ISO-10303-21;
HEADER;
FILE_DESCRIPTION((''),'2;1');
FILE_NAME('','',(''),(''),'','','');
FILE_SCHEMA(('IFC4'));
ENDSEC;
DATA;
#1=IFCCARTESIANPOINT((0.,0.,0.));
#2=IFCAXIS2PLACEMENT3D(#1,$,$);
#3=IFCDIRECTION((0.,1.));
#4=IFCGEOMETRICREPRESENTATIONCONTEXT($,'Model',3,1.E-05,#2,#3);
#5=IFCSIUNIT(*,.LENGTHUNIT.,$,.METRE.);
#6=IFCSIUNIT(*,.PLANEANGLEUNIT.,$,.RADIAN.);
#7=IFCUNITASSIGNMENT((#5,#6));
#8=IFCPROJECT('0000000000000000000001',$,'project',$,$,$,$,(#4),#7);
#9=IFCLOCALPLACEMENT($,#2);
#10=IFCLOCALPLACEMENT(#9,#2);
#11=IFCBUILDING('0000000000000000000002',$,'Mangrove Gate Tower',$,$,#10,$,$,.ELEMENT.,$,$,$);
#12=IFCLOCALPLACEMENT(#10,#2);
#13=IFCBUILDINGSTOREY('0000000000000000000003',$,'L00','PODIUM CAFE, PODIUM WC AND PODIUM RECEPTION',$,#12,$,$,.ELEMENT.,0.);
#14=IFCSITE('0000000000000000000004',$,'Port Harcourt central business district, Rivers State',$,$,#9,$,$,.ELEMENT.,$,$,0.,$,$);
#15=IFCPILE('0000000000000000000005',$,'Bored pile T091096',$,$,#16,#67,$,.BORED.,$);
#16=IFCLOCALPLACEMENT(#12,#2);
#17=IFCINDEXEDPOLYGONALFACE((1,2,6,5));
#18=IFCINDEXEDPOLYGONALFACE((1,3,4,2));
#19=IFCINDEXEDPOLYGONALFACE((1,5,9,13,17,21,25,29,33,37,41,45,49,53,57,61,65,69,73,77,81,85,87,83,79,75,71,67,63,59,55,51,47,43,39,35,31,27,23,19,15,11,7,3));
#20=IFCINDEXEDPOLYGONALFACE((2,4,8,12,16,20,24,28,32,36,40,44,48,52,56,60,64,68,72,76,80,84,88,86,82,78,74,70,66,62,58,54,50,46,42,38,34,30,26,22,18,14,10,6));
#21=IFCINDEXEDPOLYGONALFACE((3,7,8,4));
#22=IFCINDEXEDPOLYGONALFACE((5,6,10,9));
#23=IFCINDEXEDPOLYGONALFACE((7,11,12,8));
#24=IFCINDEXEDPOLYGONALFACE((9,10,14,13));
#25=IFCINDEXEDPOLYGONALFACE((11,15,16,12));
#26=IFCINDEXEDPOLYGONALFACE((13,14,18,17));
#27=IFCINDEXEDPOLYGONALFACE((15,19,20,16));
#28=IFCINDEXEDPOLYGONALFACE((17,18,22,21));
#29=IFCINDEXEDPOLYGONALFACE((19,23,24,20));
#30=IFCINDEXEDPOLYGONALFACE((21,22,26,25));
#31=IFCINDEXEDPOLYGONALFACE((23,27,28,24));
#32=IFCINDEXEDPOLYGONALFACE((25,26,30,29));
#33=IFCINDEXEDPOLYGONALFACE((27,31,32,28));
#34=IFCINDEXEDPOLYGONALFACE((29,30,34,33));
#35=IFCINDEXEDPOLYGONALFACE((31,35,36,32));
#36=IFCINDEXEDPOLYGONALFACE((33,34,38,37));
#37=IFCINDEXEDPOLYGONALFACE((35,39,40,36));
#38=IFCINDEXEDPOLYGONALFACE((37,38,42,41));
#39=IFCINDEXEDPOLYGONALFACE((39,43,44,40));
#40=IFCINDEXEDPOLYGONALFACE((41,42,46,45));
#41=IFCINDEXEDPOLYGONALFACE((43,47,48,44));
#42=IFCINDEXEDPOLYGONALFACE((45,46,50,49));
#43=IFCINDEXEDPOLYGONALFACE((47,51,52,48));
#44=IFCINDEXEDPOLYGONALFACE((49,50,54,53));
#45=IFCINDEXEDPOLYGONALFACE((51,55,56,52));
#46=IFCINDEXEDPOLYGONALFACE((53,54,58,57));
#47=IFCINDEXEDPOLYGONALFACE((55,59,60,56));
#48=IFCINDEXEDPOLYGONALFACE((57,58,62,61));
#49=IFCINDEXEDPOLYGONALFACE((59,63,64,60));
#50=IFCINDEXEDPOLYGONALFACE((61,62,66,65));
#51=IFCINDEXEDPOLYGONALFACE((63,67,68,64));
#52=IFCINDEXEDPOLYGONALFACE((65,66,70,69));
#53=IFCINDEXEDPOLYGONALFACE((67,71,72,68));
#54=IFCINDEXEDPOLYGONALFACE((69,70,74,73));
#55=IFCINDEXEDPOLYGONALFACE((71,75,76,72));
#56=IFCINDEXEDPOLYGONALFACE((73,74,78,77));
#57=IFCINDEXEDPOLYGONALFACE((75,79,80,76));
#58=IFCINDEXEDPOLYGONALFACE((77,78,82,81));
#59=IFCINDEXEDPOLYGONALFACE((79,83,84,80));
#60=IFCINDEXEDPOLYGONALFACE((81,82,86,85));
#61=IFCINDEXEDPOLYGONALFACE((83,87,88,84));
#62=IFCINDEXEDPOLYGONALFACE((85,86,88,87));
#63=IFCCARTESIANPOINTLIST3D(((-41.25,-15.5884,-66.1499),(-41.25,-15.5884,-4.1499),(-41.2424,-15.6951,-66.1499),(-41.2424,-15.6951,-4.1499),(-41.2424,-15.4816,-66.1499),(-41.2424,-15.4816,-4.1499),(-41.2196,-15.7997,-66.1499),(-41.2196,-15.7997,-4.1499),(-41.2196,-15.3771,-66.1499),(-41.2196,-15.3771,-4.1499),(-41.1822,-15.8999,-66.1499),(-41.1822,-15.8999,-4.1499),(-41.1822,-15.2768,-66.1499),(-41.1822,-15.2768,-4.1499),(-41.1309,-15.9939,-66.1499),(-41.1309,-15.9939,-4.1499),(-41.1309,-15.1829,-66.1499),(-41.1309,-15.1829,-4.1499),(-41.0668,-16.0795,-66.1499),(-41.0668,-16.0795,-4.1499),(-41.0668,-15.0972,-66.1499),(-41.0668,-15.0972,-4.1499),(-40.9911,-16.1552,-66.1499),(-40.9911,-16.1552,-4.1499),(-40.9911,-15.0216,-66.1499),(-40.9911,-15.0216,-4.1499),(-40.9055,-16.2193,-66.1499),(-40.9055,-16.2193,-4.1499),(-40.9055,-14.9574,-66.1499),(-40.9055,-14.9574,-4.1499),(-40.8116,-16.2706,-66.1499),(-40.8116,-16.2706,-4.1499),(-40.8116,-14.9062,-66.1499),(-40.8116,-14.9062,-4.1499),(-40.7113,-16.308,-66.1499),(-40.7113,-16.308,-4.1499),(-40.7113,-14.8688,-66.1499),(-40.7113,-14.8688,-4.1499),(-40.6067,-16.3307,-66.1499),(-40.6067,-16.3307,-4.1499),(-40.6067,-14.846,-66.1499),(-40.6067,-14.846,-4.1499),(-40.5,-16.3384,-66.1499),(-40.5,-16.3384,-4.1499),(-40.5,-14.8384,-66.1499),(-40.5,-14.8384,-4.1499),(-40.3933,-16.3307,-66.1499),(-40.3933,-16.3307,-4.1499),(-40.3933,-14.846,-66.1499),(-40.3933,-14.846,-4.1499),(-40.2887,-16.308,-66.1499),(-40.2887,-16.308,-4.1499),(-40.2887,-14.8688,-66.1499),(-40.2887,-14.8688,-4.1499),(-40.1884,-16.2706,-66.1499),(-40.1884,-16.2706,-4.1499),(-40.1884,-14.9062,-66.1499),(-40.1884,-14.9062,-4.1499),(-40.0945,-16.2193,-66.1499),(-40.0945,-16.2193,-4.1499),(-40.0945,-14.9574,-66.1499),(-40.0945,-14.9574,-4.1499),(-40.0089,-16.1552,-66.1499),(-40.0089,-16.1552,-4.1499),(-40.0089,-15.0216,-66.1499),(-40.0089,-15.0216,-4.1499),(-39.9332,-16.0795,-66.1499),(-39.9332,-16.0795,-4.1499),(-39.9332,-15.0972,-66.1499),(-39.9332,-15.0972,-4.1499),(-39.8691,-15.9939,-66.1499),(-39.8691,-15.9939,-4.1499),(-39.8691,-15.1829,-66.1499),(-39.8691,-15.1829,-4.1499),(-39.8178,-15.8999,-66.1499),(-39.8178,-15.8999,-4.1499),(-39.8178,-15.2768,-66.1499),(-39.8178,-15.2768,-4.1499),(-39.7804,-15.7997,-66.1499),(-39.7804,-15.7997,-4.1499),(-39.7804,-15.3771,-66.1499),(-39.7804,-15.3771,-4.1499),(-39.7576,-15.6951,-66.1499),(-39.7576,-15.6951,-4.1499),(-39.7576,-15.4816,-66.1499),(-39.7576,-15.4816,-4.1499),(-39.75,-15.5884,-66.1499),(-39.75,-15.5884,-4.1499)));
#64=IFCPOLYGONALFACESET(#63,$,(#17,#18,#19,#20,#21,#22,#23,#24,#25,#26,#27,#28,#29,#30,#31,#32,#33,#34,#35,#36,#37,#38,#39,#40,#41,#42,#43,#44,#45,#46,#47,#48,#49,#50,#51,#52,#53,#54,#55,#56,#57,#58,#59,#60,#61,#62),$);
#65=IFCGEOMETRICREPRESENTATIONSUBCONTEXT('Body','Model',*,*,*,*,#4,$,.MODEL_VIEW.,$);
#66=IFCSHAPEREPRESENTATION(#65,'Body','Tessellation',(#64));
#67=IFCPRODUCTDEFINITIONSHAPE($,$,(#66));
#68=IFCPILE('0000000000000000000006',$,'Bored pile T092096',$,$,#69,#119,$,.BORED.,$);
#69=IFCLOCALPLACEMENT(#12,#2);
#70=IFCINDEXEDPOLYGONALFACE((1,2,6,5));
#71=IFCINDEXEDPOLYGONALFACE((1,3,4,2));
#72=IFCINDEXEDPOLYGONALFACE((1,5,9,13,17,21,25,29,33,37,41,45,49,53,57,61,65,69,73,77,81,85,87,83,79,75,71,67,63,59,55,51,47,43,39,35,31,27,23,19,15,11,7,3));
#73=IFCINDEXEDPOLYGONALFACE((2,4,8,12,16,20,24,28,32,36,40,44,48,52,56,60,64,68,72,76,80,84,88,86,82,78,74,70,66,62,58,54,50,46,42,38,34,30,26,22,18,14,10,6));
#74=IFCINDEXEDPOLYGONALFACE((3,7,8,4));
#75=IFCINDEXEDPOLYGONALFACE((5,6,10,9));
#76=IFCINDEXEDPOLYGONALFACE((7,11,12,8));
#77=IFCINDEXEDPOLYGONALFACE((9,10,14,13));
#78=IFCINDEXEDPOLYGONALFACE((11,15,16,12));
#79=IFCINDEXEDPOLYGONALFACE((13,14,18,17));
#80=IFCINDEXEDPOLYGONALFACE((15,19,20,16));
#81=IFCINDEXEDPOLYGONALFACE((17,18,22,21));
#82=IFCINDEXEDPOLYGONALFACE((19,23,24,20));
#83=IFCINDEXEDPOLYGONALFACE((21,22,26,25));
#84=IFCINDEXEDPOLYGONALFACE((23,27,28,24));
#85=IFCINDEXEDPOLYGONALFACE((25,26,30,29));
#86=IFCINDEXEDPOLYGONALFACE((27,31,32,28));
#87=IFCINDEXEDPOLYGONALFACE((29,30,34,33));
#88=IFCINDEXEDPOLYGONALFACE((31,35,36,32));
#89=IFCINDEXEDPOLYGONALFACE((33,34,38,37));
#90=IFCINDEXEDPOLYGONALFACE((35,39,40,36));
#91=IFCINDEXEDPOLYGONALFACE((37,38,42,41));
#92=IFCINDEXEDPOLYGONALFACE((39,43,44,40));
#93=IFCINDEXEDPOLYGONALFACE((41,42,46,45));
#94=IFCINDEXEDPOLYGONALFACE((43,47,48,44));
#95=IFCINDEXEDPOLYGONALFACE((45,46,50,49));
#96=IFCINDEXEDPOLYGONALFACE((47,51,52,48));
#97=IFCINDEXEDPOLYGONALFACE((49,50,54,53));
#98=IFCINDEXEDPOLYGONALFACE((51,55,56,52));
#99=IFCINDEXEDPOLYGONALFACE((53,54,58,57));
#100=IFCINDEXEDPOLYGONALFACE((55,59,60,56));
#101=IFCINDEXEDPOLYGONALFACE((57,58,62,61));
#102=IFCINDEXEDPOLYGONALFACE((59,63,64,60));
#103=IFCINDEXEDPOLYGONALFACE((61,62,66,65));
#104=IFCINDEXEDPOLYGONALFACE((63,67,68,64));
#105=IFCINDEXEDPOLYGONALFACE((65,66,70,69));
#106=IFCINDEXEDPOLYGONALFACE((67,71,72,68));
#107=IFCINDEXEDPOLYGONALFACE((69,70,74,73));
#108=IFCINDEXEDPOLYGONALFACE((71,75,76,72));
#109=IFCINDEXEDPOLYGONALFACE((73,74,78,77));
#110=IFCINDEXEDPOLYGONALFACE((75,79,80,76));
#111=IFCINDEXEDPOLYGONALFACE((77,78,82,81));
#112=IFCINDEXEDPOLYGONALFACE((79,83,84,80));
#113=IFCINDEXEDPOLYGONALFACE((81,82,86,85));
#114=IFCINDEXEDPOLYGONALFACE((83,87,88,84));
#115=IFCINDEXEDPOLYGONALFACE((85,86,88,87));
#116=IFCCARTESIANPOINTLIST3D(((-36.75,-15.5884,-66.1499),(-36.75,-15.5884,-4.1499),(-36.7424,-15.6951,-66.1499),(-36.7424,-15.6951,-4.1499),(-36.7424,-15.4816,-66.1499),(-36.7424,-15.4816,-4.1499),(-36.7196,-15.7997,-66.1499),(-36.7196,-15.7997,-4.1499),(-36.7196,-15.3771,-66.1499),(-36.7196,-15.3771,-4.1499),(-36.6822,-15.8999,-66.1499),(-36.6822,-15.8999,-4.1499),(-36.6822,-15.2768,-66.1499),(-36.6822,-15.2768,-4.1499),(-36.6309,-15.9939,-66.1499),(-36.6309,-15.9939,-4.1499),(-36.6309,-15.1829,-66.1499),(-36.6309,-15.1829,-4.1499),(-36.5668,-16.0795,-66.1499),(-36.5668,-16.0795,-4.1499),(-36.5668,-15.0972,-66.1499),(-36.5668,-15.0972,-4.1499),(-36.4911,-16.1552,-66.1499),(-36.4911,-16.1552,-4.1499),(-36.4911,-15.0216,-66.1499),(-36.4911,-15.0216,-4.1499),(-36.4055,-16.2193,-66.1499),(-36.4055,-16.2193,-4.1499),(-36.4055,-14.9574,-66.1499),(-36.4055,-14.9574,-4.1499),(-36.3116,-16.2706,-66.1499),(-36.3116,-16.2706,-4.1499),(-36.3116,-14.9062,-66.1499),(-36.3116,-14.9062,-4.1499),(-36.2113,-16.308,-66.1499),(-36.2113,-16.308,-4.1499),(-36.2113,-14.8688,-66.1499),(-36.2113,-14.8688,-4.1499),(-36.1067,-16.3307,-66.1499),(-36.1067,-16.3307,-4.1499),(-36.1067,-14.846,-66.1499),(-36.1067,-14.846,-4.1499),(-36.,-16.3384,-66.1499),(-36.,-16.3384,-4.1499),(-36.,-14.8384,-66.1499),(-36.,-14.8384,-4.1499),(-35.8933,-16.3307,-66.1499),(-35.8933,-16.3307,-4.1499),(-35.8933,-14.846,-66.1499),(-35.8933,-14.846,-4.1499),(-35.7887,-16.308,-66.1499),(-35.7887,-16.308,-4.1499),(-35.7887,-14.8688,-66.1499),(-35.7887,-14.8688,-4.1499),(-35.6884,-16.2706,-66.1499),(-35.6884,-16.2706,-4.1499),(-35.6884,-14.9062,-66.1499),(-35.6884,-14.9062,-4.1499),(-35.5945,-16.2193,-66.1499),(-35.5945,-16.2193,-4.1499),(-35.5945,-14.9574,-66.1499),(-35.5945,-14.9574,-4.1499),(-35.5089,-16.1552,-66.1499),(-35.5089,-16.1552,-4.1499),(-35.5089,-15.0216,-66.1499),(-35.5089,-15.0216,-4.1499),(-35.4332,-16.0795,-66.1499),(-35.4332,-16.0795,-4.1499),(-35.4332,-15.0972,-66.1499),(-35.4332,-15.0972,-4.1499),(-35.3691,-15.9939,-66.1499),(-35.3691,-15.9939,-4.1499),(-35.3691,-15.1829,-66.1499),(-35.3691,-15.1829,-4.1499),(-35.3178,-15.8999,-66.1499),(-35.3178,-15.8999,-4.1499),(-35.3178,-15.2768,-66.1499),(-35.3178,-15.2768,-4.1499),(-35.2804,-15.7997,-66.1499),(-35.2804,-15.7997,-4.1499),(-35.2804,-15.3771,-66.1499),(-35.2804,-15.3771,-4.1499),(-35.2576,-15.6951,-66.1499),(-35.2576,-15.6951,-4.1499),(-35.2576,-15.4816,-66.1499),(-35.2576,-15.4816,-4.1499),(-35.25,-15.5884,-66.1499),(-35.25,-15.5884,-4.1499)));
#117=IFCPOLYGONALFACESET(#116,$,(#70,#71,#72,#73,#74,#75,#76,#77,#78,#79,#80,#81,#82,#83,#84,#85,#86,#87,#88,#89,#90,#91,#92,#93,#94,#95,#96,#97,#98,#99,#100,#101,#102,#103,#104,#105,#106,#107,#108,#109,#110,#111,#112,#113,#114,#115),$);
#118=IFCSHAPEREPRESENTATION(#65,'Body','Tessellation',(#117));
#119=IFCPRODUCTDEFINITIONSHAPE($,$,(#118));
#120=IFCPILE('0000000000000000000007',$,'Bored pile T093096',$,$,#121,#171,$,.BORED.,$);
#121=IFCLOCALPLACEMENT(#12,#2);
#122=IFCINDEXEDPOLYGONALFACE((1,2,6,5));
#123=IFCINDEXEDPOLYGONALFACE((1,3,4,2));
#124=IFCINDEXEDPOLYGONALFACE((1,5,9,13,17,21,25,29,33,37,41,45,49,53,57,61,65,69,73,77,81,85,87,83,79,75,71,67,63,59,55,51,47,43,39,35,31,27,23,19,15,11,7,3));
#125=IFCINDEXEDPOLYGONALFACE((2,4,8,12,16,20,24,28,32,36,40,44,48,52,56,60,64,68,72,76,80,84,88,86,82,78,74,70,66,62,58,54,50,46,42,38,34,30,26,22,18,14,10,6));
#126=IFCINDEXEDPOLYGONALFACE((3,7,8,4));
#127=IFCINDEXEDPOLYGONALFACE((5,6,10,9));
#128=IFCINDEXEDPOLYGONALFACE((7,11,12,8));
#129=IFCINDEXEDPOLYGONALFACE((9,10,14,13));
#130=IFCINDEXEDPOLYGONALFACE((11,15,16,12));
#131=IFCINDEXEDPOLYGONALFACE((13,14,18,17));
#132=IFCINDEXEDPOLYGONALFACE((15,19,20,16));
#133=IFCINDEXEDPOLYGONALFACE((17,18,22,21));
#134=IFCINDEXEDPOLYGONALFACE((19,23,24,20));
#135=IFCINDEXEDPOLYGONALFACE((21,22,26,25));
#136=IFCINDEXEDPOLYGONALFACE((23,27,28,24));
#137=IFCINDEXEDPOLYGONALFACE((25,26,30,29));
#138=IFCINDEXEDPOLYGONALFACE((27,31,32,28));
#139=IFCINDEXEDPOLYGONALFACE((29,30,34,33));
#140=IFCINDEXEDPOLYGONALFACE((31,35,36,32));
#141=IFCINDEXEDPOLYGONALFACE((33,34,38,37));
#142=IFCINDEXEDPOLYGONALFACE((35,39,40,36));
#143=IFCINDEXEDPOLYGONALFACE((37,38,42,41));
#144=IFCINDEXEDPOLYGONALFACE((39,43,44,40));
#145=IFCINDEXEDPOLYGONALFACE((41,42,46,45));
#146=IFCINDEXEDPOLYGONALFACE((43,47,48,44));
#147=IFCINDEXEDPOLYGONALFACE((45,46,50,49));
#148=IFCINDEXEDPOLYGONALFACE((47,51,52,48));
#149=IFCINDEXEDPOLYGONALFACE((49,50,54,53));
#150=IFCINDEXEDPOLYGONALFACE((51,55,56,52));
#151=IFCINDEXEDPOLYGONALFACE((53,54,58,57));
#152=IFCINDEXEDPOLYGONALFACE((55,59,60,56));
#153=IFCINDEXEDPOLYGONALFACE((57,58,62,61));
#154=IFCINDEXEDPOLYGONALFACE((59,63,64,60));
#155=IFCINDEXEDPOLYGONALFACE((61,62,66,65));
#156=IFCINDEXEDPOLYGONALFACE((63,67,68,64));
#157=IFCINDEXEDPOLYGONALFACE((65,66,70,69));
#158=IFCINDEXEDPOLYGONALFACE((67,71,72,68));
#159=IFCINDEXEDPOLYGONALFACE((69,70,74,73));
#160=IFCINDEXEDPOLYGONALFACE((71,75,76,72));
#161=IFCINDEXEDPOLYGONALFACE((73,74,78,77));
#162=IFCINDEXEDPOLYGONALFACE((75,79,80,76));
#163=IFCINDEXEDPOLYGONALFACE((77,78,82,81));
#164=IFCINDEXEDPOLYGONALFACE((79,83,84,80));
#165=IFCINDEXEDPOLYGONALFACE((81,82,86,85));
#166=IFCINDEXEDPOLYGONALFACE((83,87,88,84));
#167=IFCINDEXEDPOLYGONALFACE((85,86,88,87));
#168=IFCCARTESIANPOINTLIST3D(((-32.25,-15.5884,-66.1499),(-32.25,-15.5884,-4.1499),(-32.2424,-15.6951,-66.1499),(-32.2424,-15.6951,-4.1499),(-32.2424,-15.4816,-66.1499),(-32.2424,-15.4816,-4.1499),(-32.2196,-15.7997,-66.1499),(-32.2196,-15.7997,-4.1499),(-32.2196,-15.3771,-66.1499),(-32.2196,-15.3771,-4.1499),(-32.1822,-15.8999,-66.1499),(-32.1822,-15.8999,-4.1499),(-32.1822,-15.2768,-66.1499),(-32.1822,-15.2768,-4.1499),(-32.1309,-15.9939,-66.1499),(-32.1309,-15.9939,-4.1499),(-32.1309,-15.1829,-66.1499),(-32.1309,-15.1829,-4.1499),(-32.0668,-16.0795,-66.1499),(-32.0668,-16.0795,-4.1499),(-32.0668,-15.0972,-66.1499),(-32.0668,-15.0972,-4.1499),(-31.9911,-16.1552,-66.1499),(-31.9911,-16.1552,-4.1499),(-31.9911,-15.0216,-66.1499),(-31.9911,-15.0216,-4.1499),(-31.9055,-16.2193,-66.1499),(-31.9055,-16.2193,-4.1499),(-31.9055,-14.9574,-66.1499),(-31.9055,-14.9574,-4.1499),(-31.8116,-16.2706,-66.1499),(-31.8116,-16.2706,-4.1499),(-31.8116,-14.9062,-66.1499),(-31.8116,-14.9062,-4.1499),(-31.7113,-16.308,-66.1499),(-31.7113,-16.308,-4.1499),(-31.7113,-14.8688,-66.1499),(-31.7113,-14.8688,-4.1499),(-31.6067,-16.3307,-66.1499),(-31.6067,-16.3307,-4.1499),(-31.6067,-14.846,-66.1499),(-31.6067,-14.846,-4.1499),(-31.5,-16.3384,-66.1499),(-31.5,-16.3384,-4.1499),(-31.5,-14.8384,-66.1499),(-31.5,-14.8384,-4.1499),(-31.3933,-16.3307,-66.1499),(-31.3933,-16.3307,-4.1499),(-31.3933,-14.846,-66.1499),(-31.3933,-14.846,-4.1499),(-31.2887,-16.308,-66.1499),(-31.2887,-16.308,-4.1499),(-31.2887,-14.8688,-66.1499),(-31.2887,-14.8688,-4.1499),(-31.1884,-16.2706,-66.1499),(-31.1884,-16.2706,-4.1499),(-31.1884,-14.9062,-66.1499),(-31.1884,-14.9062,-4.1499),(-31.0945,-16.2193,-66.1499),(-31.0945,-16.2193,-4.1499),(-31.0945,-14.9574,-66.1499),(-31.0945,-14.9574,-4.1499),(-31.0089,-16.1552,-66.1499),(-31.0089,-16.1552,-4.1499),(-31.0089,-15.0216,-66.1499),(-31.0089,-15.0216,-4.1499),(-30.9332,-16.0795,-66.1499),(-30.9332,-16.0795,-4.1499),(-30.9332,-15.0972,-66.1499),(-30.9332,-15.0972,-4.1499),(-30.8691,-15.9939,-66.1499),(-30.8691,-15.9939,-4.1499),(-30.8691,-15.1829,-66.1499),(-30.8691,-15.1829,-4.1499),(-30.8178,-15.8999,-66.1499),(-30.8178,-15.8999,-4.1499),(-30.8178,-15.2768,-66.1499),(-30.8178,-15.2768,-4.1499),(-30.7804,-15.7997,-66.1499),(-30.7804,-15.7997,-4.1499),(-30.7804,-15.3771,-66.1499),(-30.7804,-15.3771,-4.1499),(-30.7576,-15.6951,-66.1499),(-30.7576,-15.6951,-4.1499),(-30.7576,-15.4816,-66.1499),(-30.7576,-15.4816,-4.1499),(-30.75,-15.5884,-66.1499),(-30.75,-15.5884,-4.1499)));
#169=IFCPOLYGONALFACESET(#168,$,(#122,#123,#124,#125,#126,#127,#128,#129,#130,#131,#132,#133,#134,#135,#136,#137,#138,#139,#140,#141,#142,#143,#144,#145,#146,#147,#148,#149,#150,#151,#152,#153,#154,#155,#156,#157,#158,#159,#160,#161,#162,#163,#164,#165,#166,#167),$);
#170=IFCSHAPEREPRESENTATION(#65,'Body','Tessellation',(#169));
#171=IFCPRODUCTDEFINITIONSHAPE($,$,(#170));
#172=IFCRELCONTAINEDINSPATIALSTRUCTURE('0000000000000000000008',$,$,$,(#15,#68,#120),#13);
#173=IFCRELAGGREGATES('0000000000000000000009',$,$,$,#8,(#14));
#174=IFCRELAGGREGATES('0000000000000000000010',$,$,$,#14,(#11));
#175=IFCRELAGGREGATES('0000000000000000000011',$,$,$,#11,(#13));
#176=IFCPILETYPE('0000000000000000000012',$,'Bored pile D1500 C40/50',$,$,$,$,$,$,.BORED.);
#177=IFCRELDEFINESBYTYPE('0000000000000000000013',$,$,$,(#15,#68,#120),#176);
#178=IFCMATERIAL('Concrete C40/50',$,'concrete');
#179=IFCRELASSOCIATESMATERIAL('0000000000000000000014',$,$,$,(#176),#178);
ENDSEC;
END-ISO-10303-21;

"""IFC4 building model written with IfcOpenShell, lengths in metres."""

from ifc_helpers import new_model, si_unit, direction, frame, origin, origin_2d, place, context, subcontext, project, spatial, circle, extrude, material, material_profile, profile_set, type_object, element, save


model = new_model("IFC4")

# Units and contexts
model_context = context("Model", 3, precision=1e-05, world=origin(), true_north=direction((0.0, 1.0)))
body_context = subcontext(model_context, "Body", "Model", "MODEL_VIEW")
ifc_project = project(units=[si_unit("LENGTHUNIT", "METRE"), si_unit("PLANEANGLEUNIT", "RADIAN")], contexts=[model_context])

# Site, building, storey
site_placement = place(None, origin())
site = spatial("IfcSite", under=ifc_project, at=site_placement, Name="Port Harcourt central business district, Rivers State", CompositionType="ELEMENT", RefElevation=0.0)
building_placement = place(site_placement, origin())
building = spatial("IfcBuilding", under=site, at=building_placement, Name="Mangrove Gate Tower", CompositionType="ELEMENT")
storey_placement = place(building_placement, origin())
storey = spatial("IfcBuildingStorey", under=building, at=storey_placement, Name="L00", Description="PODIUM CAFE, PODIUM WC AND PODIUM RECEPTION", CompositionType="ELEMENT", Elevation=0.0)

# Piles
ifc_material_1 = material(Name="Concrete C40/50", Category="concrete")
ifc_material_profile_1 = material_profile(ifc_material_1, circle(Radius=0.75, at=origin_2d()))
ifc_profile_set_1 = profile_set([ifc_material_profile_1], Name="Concrete C40/50")
pile_type = type_object("IfcPileType", Name="Bored pile D1500 C40/50", PredefinedType="BORED", material=ifc_profile_set_1)
for number, where, z_axis, x_axis, name in (
    (1, (-40.5, -15.5884, -4.1499), (0.0, 0.0, -1.0), (1.0, 0.0, 0.0), "Bored pile T091096"),
    (2, (-36.0, -15.5884, -4.1499), (0.0, 0.0, -1.0), (1.0, 0.0, 0.0), "Bored pile T092096"),
    (3, (-31.5, -15.5884, -4.1499), (0.0, 0.0, -1.0), (1.0, 0.0, 0.0), "Bored pile T093096"),
):
    element("IfcPile", number, at=place(storey_placement, frame(where, z_axis=z_axis, x_axis=x_axis)), inside=storey, type_object=pile_type, Name=name, PredefinedType="BORED", context=body_context, shape_type="SweptSolid", body=[
        extrude(circle(Radius=0.75, at=origin_2d()), origin(), (0.0, 0.0, 1.0), 62.0),
    ])

save(model, "model.ifc")
